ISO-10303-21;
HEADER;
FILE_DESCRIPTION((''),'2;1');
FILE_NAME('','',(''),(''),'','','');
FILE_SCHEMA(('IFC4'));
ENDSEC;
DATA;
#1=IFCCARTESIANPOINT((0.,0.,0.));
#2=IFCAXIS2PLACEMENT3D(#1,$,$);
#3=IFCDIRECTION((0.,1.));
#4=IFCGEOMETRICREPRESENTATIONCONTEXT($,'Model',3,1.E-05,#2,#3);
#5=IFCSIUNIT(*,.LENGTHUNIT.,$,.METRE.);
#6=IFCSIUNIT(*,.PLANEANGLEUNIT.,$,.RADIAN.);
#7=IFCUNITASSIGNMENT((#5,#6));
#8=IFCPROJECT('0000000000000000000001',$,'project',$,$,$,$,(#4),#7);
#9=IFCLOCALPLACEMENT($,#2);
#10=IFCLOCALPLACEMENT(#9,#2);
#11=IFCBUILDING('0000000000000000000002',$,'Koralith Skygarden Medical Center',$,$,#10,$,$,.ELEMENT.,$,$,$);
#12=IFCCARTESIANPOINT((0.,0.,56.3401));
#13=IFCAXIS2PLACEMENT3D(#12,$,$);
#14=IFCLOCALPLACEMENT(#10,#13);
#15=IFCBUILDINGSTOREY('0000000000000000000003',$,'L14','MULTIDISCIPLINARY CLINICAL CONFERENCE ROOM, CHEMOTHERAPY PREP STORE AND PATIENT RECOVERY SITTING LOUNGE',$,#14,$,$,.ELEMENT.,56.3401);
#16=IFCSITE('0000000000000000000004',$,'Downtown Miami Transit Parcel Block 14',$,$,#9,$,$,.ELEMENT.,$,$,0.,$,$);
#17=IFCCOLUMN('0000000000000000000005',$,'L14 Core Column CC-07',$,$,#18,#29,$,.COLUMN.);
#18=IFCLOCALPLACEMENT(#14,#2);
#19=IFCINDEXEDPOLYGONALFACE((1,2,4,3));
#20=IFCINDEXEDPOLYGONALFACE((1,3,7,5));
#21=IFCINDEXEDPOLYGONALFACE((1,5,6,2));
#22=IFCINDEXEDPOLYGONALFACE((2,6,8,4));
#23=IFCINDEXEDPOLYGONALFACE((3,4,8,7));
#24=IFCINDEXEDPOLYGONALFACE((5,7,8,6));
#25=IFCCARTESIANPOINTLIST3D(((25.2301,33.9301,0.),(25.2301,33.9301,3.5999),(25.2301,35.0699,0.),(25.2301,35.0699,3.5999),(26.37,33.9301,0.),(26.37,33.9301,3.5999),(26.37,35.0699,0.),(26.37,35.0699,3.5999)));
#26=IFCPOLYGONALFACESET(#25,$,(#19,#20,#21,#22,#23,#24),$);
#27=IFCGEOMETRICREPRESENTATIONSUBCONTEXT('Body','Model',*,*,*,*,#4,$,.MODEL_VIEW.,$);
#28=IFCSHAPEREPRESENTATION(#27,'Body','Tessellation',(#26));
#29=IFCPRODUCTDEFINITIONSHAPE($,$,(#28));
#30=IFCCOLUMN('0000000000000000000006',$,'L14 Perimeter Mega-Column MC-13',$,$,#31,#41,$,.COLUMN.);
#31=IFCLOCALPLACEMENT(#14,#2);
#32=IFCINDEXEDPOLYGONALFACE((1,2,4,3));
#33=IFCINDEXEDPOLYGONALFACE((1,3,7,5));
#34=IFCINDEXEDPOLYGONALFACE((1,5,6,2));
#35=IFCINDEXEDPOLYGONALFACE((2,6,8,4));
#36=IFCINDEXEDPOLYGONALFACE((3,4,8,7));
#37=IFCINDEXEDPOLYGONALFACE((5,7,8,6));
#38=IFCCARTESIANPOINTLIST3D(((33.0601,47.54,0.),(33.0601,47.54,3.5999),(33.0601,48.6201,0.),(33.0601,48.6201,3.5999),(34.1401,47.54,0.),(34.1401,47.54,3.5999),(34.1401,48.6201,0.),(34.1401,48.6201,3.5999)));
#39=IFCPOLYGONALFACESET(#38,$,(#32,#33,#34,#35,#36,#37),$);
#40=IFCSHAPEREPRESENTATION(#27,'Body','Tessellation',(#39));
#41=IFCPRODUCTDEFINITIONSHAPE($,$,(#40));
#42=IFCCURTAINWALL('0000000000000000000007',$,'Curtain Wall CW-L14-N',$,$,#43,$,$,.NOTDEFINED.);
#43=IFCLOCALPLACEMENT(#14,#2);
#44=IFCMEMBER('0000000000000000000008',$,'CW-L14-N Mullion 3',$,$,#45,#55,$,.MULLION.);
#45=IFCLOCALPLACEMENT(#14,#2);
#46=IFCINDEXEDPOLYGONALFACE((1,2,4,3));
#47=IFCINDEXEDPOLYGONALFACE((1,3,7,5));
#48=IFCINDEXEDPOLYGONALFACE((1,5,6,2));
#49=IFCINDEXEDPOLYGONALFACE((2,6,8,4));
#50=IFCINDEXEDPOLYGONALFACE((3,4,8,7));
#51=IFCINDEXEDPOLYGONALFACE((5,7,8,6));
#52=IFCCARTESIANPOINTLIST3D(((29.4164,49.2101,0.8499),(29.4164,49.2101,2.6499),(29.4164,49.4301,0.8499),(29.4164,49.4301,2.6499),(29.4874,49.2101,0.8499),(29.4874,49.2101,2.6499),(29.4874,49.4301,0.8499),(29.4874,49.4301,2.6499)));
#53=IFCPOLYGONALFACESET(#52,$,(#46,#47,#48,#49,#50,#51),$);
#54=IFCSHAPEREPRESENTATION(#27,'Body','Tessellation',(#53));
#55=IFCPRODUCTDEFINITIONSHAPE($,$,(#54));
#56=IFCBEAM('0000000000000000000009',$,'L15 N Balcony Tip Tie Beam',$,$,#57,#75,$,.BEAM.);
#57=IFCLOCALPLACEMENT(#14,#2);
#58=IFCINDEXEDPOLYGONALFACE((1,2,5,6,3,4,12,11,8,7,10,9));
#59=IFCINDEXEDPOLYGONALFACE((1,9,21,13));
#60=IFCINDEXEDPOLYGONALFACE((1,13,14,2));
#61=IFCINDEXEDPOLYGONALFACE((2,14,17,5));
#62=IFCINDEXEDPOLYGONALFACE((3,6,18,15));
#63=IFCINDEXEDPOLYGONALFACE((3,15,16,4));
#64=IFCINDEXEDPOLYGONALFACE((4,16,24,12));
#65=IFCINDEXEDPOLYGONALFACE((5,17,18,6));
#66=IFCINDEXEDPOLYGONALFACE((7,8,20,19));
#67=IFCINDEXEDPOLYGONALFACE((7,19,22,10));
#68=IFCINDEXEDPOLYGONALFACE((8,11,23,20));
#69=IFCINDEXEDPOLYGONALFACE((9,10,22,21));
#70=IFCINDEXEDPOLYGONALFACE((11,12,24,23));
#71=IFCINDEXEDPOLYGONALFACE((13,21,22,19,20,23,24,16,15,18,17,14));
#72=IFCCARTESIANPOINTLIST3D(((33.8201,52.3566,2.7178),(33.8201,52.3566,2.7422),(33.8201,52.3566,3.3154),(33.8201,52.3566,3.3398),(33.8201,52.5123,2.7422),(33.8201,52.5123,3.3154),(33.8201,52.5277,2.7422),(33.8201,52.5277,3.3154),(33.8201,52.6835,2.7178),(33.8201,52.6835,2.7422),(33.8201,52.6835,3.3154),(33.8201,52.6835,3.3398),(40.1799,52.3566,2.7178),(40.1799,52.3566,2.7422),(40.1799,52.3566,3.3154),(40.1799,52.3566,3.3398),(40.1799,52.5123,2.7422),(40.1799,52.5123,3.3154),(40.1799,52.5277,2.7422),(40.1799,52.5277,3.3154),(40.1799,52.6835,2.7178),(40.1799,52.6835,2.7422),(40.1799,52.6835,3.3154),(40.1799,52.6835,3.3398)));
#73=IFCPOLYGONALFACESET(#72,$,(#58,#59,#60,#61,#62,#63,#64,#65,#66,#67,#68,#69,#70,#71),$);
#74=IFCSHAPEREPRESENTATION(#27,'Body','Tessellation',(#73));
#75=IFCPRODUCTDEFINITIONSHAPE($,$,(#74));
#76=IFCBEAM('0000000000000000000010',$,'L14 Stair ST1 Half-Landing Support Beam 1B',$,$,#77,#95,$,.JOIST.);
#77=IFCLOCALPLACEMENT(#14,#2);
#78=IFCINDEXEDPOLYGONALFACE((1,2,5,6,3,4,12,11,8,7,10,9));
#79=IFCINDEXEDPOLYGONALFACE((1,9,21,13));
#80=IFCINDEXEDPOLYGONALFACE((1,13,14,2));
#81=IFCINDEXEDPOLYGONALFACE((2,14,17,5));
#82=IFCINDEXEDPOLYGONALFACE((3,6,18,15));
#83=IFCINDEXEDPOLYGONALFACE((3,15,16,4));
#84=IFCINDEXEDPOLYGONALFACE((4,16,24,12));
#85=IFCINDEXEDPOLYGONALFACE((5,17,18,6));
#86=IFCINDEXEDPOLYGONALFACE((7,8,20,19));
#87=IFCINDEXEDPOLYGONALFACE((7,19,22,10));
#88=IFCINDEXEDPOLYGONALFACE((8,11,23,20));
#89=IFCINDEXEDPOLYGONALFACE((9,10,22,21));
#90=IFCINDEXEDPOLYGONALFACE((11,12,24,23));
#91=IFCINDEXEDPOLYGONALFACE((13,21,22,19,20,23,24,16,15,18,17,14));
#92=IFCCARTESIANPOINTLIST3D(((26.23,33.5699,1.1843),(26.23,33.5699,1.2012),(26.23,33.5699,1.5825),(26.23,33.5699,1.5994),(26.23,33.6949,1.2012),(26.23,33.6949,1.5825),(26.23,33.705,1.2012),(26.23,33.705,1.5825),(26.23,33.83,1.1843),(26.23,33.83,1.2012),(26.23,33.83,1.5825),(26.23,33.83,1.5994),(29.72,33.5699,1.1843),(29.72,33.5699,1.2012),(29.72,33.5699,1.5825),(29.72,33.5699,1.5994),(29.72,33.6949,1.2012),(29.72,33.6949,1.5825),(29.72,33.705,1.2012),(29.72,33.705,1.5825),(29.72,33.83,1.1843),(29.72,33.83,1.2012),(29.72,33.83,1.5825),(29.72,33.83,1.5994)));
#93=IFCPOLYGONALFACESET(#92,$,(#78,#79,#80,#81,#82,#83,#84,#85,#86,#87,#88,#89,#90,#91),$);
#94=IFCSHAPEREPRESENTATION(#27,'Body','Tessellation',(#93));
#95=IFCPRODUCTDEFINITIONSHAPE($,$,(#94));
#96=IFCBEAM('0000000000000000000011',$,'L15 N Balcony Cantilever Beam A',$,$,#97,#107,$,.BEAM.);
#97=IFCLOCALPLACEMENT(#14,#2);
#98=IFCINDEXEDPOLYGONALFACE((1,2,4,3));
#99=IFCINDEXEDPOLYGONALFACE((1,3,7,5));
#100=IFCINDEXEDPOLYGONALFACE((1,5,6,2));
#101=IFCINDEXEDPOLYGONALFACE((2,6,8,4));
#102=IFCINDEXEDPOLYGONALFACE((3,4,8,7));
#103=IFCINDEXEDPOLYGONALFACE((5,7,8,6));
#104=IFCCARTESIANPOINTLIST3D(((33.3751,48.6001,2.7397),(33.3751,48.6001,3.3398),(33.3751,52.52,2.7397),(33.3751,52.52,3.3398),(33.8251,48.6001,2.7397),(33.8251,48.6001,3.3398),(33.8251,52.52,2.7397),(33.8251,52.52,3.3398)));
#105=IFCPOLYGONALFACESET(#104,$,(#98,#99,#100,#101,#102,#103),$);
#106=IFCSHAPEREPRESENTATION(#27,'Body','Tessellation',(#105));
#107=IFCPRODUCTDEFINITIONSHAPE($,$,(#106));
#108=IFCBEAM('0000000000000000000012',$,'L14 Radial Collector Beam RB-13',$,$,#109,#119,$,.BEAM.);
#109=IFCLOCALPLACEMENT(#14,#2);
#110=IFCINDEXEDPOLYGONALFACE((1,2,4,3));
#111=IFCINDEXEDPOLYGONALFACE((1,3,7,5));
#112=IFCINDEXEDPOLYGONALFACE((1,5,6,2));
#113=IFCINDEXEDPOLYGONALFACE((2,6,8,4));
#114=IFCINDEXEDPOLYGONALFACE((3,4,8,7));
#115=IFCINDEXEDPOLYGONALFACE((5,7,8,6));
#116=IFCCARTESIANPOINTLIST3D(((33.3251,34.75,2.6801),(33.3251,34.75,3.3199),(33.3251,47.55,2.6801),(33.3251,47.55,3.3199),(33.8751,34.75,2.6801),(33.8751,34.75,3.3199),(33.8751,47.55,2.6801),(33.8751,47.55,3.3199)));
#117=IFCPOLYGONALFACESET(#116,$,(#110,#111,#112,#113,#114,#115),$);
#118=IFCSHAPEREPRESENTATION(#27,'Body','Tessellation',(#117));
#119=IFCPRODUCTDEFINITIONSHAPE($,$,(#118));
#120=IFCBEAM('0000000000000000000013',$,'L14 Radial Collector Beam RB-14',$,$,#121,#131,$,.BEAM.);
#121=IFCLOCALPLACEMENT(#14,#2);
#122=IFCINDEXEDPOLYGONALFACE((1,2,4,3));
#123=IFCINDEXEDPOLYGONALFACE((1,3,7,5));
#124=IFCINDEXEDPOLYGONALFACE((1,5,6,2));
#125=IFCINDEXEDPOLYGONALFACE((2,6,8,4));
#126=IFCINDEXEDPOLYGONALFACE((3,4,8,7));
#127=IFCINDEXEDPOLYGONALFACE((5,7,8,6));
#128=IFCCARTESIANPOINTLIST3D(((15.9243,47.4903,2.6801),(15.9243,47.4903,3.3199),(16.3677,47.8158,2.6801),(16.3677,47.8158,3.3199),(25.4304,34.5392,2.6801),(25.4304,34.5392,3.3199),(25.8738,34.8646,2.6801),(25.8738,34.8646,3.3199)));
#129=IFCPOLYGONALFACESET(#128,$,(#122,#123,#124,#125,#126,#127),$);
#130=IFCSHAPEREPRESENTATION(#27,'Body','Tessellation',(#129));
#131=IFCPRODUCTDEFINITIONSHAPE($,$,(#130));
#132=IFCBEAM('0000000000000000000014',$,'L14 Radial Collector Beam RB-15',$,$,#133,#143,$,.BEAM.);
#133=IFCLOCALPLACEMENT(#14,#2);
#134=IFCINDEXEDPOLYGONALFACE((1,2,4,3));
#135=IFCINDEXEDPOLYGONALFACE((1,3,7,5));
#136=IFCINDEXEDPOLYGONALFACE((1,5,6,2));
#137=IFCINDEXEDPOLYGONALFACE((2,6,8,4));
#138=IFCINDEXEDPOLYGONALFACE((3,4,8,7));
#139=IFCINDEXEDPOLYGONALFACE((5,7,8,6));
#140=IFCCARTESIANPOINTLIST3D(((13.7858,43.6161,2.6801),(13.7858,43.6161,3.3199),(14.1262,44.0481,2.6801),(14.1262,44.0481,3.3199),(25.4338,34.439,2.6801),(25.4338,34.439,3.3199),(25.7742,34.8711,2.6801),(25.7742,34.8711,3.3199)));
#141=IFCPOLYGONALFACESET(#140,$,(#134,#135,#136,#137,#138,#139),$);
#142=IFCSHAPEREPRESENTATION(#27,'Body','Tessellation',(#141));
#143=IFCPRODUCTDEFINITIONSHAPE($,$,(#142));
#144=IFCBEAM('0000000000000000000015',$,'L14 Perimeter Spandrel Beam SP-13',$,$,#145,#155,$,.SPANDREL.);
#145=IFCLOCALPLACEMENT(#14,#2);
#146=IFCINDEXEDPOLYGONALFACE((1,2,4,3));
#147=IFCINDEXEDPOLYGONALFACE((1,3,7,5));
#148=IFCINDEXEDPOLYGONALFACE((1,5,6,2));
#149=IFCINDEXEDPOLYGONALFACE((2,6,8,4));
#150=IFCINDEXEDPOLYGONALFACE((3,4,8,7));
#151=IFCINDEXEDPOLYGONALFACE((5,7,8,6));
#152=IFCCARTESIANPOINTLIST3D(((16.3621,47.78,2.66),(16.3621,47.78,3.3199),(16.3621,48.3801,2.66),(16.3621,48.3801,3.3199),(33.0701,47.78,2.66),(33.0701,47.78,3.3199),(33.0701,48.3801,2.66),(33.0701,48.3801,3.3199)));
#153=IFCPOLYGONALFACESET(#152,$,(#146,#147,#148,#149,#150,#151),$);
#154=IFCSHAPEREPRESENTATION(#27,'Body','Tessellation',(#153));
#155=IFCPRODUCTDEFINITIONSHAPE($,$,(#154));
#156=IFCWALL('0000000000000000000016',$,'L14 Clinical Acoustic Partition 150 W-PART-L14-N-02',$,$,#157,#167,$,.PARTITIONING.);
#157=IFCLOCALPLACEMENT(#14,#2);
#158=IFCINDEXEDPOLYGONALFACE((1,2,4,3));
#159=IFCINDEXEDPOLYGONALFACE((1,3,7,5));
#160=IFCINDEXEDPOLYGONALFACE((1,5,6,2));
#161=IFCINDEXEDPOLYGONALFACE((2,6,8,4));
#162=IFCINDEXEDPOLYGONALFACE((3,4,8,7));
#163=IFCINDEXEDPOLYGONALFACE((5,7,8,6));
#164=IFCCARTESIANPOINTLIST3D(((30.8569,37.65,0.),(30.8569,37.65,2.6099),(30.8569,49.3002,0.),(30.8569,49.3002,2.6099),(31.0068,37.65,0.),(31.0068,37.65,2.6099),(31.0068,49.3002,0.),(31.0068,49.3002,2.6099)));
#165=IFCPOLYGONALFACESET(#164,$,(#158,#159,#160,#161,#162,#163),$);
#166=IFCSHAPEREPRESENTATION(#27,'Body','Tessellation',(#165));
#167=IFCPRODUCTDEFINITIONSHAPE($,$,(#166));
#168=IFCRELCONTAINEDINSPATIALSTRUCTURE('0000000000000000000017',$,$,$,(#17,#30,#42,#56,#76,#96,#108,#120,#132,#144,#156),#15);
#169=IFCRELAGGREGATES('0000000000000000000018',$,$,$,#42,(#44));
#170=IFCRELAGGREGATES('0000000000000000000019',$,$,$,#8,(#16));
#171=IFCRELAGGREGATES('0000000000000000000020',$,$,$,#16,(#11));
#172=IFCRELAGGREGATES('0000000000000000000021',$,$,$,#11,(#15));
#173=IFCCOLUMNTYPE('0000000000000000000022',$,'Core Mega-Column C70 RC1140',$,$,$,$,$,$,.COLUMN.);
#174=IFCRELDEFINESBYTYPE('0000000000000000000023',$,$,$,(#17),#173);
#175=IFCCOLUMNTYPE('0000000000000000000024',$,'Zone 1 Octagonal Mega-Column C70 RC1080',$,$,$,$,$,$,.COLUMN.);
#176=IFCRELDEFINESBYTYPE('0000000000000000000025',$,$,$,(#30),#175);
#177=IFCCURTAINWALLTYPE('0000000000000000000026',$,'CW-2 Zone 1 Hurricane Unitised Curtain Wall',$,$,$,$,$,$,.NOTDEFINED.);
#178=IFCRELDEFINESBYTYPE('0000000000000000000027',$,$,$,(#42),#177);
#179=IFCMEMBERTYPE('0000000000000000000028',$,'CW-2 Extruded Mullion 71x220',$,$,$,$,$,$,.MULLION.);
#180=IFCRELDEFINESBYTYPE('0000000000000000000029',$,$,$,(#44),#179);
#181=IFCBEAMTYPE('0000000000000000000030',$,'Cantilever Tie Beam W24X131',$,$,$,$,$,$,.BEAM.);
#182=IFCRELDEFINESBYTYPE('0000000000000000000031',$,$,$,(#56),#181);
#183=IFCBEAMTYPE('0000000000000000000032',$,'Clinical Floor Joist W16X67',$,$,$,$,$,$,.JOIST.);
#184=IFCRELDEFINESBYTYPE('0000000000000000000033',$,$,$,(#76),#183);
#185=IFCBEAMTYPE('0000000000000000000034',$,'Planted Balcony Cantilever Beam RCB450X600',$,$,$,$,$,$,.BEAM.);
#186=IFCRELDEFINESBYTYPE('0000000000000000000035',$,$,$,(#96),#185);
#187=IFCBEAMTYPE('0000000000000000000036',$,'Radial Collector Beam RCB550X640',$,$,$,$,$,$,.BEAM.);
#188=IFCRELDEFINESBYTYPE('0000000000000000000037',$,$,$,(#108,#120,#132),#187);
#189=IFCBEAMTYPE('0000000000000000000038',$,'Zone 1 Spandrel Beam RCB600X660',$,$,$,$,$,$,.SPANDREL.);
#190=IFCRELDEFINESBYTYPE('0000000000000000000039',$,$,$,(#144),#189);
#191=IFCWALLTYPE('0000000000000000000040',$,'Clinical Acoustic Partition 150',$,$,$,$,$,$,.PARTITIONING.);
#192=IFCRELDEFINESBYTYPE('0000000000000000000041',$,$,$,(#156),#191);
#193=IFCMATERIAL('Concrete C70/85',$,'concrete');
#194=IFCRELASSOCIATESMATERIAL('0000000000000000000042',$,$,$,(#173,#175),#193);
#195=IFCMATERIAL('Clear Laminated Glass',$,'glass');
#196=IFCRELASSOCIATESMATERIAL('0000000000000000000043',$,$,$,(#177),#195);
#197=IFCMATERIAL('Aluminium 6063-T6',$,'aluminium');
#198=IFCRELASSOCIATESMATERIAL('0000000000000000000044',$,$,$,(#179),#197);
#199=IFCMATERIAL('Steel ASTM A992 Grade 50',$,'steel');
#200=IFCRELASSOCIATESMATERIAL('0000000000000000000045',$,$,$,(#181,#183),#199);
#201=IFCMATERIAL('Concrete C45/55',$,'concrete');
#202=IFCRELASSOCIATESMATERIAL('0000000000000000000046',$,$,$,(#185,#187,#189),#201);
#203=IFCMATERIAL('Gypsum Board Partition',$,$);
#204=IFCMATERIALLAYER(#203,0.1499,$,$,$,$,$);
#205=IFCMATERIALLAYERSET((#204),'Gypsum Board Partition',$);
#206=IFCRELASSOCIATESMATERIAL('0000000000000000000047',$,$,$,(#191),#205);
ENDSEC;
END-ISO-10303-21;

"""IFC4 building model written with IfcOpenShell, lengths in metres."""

from ifc_helpers import new_model, si_unit, direction, frame, frame_2d, origin, origin_2d, place, context, subcontext, project, spatial, rectangle, i_section, extrude, material, layer, layer_set, material_profile, profile_set, type_object, element, aggregate, save


model = new_model("IFC4")

# Units and contexts
model_context = context("Model", 3, precision=1e-05, world=origin(), true_north=direction((0.0, 1.0)))
body_context = subcontext(model_context, "Body", "Model", "MODEL_VIEW")
ifc_project = project(units=[si_unit("LENGTHUNIT", "METRE"), si_unit("PLANEANGLEUNIT", "RADIAN")], contexts=[model_context])

# Site, building, storey
site_placement = place(None, origin())
site = spatial("IfcSite", under=ifc_project, at=site_placement, Name="Downtown Miami Transit Parcel Block 14", CompositionType="ELEMENT", RefElevation=0.0)
building_placement = place(site_placement, origin())
building = spatial("IfcBuilding", under=site, at=building_placement, Name="Koralith Skygarden Medical Center", CompositionType="ELEMENT")
storey_placement = place(building_placement, frame((0.0, 0.0, 56.3401)))
storey = spatial("IfcBuildingStorey", under=building, at=storey_placement, Name="L14", Description="MULTIDISCIPLINARY CLINICAL CONFERENCE ROOM, CHEMOTHERAPY PREP STORE AND PATIENT RECOVERY SITTING LOUNGE", CompositionType="ELEMENT", Elevation=56.3401)

# Columns
ifc_material_1 = material(Name="Concrete C70/85", Category="concrete")
ifc_material_profile_1 = material_profile(ifc_material_1, rectangle(XDim=1.1399, YDim=1.1399, at=origin_2d()), Name="RC1140X1140")
ifc_profile_set_1 = profile_set([ifc_material_profile_1], Name="Concrete C70/85")
column_type_1 = type_object("IfcColumnType", Name="Core Mega-Column C70 RC1140", PredefinedType="COLUMN", material=ifc_profile_set_1)
column_1_placement = place(storey_placement, frame((25.8, 34.5, 0.0), z_axis=(0.0, 0.0, 1.0), x_axis=(1.0, 0.0, 0.0)))
element("IfcColumn", 1, at=column_1_placement, inside=storey, type_object=column_type_1, Name="L14 Core Column CC-07", PredefinedType="COLUMN", context=body_context, shape_type="SweptSolid", body=[
    extrude(rectangle(XDim=1.1399, YDim=1.1399, at=origin_2d()), origin(), (0.0, 0.0, 1.0), 3.5999),
])
ifc_material_profile_2 = material_profile(ifc_material_1, rectangle(XDim=1.0801, YDim=1.0801, at=origin_2d()), Name="RC1080X1080")
ifc_profile_set_2 = profile_set([ifc_material_profile_2], Name="Concrete C70/85")
column_type_2 = type_object("IfcColumnType", Name="Zone 1 Octagonal Mega-Column C70 RC1080", PredefinedType="COLUMN", material=ifc_profile_set_2)
column_2_placement = place(storey_placement, frame((33.6001, 48.0801, 0.0), z_axis=(0.0, 0.0, 1.0), x_axis=(1.0, 0.0, 0.0)))
element("IfcColumn", 2, at=column_2_placement, inside=storey, type_object=column_type_2, Name="L14 Perimeter Mega-Column MC-13", PredefinedType="COLUMN", context=body_context, shape_type="SweptSolid", body=[
    extrude(rectangle(XDim=1.0801, YDim=1.0801, at=origin_2d()), origin(), (0.0, 0.0, 1.0), 3.5999),
])

# Curtain wall, member
ifc_material_2 = material(Name="Clear Laminated Glass", Category="glass")
curtain_wall_type = type_object("IfcCurtainWallType", Name="CW-2 Zone 1 Hurricane Unitised Curtain Wall", PredefinedType="NOTDEFINED", material=ifc_material_2)
curtain_wall_placement = place(storey_placement, origin())
curtain_wall = element("IfcCurtainWall", 3, at=curtain_wall_placement, inside=storey, type_object=curtain_wall_type, Name="Curtain Wall CW-L14-N", PredefinedType="NOTDEFINED")
ifc_material_3 = material(Name="Aluminium 6063-T6", Category="aluminium")
ifc_material_profile_3 = material_profile(ifc_material_3, rectangle(XDim=0.071, YDim=0.22, at=origin_2d()), Name="MUL71X220")
ifc_profile_set_3 = profile_set([ifc_material_profile_3], Name="Aluminium 6063-T6")
member_type = type_object("IfcMemberType", Name="CW-2 Extruded Mullion 71x220", PredefinedType="MULLION", material=ifc_profile_set_3)
member_placement = place(storey_placement, frame((29.4519, 49.3201, 0.8499), z_axis=(0.0, 0.0, 1.0), x_axis=(1.0, 0.0, 0.0)))
member = element("IfcMember", 4, at=member_placement, type_object=member_type, Name="CW-L14-N Mullion 3", PredefinedType="MULLION", context=body_context, shape_type="SweptSolid", body=[
    extrude(rectangle(XDim=0.071, YDim=0.22, at=origin_2d()), origin(), (0.0, 0.0, 1.0), 1.8),
])
aggregate(curtain_wall, [member])

# Beams
ifc_material_4 = material(Name="Steel ASTM A992 Grade 50", Category="steel")
ifc_material_profile_4 = material_profile(ifc_material_4, i_section(OverallWidth=0.3269, OverallDepth=0.6221, WebThickness=0.0154, FlangeThickness=0.0244, at=origin_2d()), Name="W24X131")
ifc_profile_set_4 = profile_set([ifc_material_profile_4], Name="Steel ASTM A992 Grade 50")
beam_type_1 = type_object("IfcBeamType", Name="Cantilever Tie Beam W24X131", PredefinedType="BEAM", material=ifc_profile_set_4)
beam_1_placement = place(storey_placement, frame((33.8201, 52.52, 3.0288), z_axis=(1.0, 0.0, 0.0), x_axis=(0.0, 1.0, 0.0)))
element("IfcBeam", 5, at=beam_1_placement, inside=storey, type_object=beam_type_1, Name="L15 N Balcony Tip Tie Beam", PredefinedType="BEAM", context=body_context, shape_type="SweptSolid", body=[
    extrude(i_section(OverallWidth=0.3269, OverallDepth=0.6221, WebThickness=0.0154, FlangeThickness=0.0244, at=origin_2d()), origin(), (0.0, 0.0, 1.0), 6.3599),
])
ifc_material_profile_5 = material_profile(ifc_material_4, i_section(OverallWidth=0.26, OverallDepth=0.415, WebThickness=0.01, FlangeThickness=0.0168, at=origin_2d()), Name="W16X67")
ifc_profile_set_5 = profile_set([ifc_material_profile_5], Name="Steel ASTM A992 Grade 50")
beam_type_2 = type_object("IfcBeamType", Name="Clinical Floor Joist W16X67", PredefinedType="JOIST", material=ifc_profile_set_5)
beam_2_placement = place(storey_placement, frame((26.23, 33.7, 1.3918), z_axis=(1.0, 0.0, 0.0), x_axis=(0.0, 1.0, 0.0)))
element("IfcBeam", 6, at=beam_2_placement, inside=storey, type_object=beam_type_2, Name="L14 Stair ST1 Half-Landing Support Beam 1B", PredefinedType="JOIST", context=body_context, shape_type="SweptSolid", body=[
    extrude(i_section(OverallWidth=0.26, OverallDepth=0.415, WebThickness=0.01, FlangeThickness=0.0168, at=origin_2d()), origin(), (0.0, 0.0, 1.0), 3.49),
])
ifc_material_5 = material(Name="Concrete C45/55", Category="concrete")
ifc_material_profile_6 = material_profile(ifc_material_5, rectangle(XDim=0.45, YDim=0.6001, at=origin_2d()), Name="RCB450X600")
ifc_profile_set_6 = profile_set([ifc_material_profile_6], Name="Concrete C45/55")
beam_type_3 = type_object("IfcBeamType", Name="Planted Balcony Cantilever Beam RCB450X600", PredefinedType="BEAM", material=ifc_profile_set_6)
beam_3_placement = place(storey_placement, frame((33.6001, 48.6001, 3.0398), z_axis=(0.0, 1.0, 0.0), x_axis=(-1.0, 0.0, 0.0)))
element("IfcBeam", 7, at=beam_3_placement, inside=storey, type_object=beam_type_3, Name="L15 N Balcony Cantilever Beam A", PredefinedType="BEAM", context=body_context, shape_type="SweptSolid", body=[
    extrude(rectangle(XDim=0.45, YDim=0.6001, at=origin_2d()), origin(), (0.0, 0.0, 1.0), 3.9199),
])
ifc_material_profile_7 = material_profile(ifc_material_5, rectangle(XDim=0.55, YDim=0.6399, at=origin_2d()), Name="RCB550X640")
ifc_profile_set_7 = profile_set([ifc_material_profile_7], Name="Concrete C45/55")
beam_type_4 = type_object("IfcBeamType", Name="Radial Collector Beam RCB550X640", PredefinedType="BEAM", material=ifc_profile_set_7)
beam_4_placement = place(storey_placement, frame((33.6001, 34.75, 3.0), z_axis=(0.0, 1.0, 0.0), x_axis=(-1.0, 0.0, 0.0)))
element("IfcBeam", 8, at=beam_4_placement, inside=storey, type_object=beam_type_4, Name="L14 Radial Collector Beam RB-13", PredefinedType="BEAM", context=body_context, shape_type="SweptSolid", body=[
    extrude(rectangle(XDim=0.55, YDim=0.6399, at=origin_2d()), origin(), (0.0, 0.0, 1.0), 12.8),
])
beam_5_placement = place(storey_placement, frame((25.6521, 34.7019, 3.0), z_axis=(-0.591711, 0.80615, 0.0), x_axis=(-0.80615, -0.591711, 0.0)))
element("IfcBeam", 9, at=beam_5_placement, inside=storey, type_object=beam_type_4, Name="L14 Radial Collector Beam RB-14", PredefinedType="BEAM", context=body_context, shape_type="SweptSolid", body=[
    extrude(rectangle(XDim=0.55, YDim=0.6399, at=origin_2d()), origin(), (0.0, 0.0, 1.0), 16.0654),
])
beam_6_placement = place(storey_placement, frame((25.604, 34.655, 3.0), z_axis=(-0.785497, 0.618865, 0.0), x_axis=(-0.618865, -0.785497, 0.0)))
element("IfcBeam", 10, at=beam_6_placement, inside=storey, type_object=beam_type_4, Name="L14 Radial Collector Beam RB-15", PredefinedType="BEAM", context=body_context, shape_type="SweptSolid", body=[
    extrude(rectangle(XDim=0.55, YDim=0.6399, at=origin_2d()), origin(), (0.0, 0.0, 1.0), 14.8289),
])
ifc_material_profile_8 = material_profile(ifc_material_5, rectangle(XDim=0.6001, YDim=0.6599, at=origin_2d()), Name="RCB600X660")
ifc_profile_set_8 = profile_set([ifc_material_profile_8], Name="Concrete C45/55")
beam_type_5 = type_object("IfcBeamType", Name="Zone 1 Spandrel Beam RCB600X660", PredefinedType="SPANDREL", material=ifc_profile_set_8)
beam_7_placement = place(storey_placement, frame((33.0701, 48.0801, 2.99), z_axis=(-1.0, 0.0, 0.0), x_axis=(0.0, -1.0, 0.0)))
element("IfcBeam", 11, at=beam_7_placement, inside=storey, type_object=beam_type_5, Name="L14 Perimeter Spandrel Beam SP-13", PredefinedType="SPANDREL", context=body_context, shape_type="SweptSolid", body=[
    extrude(rectangle(XDim=0.6001, YDim=0.6599, at=origin_2d()), origin(), (0.0, 0.0, 1.0), 16.708),
])

# Wall
ifc_material_6 = material(Name="Gypsum Board Partition")
ifc_layer_1 = layer(ifc_material_6, 0.1499)
ifc_layer_set_1 = layer_set([ifc_layer_1], Name="Gypsum Board Partition")
wall_type_1 = type_object("IfcWallType", Name="Clinical Acoustic Partition 150", PredefinedType="PARTITIONING", material=ifc_layer_set_1)
wall_1_placement = place(storey_placement, frame((30.9319, 37.6499, 0.0), z_axis=(0.0, 0.0, 1.0), x_axis=(0.0, 1.0, 0.0)))
element("IfcWall", 12, at=wall_1_placement, inside=storey, type_object=wall_type_1, Name="L14 Clinical Acoustic Partition 150 W-PART-L14-N-02", PredefinedType="PARTITIONING", context=body_context, shape_type="SweptSolid", body=[
    extrude(rectangle(XDim=11.6501, YDim=0.1499, at=frame_2d((5.8252, 0.0))), origin(), (0.0, 0.0, 1.0), 2.6099),
])

save(model, "model.ifc")
